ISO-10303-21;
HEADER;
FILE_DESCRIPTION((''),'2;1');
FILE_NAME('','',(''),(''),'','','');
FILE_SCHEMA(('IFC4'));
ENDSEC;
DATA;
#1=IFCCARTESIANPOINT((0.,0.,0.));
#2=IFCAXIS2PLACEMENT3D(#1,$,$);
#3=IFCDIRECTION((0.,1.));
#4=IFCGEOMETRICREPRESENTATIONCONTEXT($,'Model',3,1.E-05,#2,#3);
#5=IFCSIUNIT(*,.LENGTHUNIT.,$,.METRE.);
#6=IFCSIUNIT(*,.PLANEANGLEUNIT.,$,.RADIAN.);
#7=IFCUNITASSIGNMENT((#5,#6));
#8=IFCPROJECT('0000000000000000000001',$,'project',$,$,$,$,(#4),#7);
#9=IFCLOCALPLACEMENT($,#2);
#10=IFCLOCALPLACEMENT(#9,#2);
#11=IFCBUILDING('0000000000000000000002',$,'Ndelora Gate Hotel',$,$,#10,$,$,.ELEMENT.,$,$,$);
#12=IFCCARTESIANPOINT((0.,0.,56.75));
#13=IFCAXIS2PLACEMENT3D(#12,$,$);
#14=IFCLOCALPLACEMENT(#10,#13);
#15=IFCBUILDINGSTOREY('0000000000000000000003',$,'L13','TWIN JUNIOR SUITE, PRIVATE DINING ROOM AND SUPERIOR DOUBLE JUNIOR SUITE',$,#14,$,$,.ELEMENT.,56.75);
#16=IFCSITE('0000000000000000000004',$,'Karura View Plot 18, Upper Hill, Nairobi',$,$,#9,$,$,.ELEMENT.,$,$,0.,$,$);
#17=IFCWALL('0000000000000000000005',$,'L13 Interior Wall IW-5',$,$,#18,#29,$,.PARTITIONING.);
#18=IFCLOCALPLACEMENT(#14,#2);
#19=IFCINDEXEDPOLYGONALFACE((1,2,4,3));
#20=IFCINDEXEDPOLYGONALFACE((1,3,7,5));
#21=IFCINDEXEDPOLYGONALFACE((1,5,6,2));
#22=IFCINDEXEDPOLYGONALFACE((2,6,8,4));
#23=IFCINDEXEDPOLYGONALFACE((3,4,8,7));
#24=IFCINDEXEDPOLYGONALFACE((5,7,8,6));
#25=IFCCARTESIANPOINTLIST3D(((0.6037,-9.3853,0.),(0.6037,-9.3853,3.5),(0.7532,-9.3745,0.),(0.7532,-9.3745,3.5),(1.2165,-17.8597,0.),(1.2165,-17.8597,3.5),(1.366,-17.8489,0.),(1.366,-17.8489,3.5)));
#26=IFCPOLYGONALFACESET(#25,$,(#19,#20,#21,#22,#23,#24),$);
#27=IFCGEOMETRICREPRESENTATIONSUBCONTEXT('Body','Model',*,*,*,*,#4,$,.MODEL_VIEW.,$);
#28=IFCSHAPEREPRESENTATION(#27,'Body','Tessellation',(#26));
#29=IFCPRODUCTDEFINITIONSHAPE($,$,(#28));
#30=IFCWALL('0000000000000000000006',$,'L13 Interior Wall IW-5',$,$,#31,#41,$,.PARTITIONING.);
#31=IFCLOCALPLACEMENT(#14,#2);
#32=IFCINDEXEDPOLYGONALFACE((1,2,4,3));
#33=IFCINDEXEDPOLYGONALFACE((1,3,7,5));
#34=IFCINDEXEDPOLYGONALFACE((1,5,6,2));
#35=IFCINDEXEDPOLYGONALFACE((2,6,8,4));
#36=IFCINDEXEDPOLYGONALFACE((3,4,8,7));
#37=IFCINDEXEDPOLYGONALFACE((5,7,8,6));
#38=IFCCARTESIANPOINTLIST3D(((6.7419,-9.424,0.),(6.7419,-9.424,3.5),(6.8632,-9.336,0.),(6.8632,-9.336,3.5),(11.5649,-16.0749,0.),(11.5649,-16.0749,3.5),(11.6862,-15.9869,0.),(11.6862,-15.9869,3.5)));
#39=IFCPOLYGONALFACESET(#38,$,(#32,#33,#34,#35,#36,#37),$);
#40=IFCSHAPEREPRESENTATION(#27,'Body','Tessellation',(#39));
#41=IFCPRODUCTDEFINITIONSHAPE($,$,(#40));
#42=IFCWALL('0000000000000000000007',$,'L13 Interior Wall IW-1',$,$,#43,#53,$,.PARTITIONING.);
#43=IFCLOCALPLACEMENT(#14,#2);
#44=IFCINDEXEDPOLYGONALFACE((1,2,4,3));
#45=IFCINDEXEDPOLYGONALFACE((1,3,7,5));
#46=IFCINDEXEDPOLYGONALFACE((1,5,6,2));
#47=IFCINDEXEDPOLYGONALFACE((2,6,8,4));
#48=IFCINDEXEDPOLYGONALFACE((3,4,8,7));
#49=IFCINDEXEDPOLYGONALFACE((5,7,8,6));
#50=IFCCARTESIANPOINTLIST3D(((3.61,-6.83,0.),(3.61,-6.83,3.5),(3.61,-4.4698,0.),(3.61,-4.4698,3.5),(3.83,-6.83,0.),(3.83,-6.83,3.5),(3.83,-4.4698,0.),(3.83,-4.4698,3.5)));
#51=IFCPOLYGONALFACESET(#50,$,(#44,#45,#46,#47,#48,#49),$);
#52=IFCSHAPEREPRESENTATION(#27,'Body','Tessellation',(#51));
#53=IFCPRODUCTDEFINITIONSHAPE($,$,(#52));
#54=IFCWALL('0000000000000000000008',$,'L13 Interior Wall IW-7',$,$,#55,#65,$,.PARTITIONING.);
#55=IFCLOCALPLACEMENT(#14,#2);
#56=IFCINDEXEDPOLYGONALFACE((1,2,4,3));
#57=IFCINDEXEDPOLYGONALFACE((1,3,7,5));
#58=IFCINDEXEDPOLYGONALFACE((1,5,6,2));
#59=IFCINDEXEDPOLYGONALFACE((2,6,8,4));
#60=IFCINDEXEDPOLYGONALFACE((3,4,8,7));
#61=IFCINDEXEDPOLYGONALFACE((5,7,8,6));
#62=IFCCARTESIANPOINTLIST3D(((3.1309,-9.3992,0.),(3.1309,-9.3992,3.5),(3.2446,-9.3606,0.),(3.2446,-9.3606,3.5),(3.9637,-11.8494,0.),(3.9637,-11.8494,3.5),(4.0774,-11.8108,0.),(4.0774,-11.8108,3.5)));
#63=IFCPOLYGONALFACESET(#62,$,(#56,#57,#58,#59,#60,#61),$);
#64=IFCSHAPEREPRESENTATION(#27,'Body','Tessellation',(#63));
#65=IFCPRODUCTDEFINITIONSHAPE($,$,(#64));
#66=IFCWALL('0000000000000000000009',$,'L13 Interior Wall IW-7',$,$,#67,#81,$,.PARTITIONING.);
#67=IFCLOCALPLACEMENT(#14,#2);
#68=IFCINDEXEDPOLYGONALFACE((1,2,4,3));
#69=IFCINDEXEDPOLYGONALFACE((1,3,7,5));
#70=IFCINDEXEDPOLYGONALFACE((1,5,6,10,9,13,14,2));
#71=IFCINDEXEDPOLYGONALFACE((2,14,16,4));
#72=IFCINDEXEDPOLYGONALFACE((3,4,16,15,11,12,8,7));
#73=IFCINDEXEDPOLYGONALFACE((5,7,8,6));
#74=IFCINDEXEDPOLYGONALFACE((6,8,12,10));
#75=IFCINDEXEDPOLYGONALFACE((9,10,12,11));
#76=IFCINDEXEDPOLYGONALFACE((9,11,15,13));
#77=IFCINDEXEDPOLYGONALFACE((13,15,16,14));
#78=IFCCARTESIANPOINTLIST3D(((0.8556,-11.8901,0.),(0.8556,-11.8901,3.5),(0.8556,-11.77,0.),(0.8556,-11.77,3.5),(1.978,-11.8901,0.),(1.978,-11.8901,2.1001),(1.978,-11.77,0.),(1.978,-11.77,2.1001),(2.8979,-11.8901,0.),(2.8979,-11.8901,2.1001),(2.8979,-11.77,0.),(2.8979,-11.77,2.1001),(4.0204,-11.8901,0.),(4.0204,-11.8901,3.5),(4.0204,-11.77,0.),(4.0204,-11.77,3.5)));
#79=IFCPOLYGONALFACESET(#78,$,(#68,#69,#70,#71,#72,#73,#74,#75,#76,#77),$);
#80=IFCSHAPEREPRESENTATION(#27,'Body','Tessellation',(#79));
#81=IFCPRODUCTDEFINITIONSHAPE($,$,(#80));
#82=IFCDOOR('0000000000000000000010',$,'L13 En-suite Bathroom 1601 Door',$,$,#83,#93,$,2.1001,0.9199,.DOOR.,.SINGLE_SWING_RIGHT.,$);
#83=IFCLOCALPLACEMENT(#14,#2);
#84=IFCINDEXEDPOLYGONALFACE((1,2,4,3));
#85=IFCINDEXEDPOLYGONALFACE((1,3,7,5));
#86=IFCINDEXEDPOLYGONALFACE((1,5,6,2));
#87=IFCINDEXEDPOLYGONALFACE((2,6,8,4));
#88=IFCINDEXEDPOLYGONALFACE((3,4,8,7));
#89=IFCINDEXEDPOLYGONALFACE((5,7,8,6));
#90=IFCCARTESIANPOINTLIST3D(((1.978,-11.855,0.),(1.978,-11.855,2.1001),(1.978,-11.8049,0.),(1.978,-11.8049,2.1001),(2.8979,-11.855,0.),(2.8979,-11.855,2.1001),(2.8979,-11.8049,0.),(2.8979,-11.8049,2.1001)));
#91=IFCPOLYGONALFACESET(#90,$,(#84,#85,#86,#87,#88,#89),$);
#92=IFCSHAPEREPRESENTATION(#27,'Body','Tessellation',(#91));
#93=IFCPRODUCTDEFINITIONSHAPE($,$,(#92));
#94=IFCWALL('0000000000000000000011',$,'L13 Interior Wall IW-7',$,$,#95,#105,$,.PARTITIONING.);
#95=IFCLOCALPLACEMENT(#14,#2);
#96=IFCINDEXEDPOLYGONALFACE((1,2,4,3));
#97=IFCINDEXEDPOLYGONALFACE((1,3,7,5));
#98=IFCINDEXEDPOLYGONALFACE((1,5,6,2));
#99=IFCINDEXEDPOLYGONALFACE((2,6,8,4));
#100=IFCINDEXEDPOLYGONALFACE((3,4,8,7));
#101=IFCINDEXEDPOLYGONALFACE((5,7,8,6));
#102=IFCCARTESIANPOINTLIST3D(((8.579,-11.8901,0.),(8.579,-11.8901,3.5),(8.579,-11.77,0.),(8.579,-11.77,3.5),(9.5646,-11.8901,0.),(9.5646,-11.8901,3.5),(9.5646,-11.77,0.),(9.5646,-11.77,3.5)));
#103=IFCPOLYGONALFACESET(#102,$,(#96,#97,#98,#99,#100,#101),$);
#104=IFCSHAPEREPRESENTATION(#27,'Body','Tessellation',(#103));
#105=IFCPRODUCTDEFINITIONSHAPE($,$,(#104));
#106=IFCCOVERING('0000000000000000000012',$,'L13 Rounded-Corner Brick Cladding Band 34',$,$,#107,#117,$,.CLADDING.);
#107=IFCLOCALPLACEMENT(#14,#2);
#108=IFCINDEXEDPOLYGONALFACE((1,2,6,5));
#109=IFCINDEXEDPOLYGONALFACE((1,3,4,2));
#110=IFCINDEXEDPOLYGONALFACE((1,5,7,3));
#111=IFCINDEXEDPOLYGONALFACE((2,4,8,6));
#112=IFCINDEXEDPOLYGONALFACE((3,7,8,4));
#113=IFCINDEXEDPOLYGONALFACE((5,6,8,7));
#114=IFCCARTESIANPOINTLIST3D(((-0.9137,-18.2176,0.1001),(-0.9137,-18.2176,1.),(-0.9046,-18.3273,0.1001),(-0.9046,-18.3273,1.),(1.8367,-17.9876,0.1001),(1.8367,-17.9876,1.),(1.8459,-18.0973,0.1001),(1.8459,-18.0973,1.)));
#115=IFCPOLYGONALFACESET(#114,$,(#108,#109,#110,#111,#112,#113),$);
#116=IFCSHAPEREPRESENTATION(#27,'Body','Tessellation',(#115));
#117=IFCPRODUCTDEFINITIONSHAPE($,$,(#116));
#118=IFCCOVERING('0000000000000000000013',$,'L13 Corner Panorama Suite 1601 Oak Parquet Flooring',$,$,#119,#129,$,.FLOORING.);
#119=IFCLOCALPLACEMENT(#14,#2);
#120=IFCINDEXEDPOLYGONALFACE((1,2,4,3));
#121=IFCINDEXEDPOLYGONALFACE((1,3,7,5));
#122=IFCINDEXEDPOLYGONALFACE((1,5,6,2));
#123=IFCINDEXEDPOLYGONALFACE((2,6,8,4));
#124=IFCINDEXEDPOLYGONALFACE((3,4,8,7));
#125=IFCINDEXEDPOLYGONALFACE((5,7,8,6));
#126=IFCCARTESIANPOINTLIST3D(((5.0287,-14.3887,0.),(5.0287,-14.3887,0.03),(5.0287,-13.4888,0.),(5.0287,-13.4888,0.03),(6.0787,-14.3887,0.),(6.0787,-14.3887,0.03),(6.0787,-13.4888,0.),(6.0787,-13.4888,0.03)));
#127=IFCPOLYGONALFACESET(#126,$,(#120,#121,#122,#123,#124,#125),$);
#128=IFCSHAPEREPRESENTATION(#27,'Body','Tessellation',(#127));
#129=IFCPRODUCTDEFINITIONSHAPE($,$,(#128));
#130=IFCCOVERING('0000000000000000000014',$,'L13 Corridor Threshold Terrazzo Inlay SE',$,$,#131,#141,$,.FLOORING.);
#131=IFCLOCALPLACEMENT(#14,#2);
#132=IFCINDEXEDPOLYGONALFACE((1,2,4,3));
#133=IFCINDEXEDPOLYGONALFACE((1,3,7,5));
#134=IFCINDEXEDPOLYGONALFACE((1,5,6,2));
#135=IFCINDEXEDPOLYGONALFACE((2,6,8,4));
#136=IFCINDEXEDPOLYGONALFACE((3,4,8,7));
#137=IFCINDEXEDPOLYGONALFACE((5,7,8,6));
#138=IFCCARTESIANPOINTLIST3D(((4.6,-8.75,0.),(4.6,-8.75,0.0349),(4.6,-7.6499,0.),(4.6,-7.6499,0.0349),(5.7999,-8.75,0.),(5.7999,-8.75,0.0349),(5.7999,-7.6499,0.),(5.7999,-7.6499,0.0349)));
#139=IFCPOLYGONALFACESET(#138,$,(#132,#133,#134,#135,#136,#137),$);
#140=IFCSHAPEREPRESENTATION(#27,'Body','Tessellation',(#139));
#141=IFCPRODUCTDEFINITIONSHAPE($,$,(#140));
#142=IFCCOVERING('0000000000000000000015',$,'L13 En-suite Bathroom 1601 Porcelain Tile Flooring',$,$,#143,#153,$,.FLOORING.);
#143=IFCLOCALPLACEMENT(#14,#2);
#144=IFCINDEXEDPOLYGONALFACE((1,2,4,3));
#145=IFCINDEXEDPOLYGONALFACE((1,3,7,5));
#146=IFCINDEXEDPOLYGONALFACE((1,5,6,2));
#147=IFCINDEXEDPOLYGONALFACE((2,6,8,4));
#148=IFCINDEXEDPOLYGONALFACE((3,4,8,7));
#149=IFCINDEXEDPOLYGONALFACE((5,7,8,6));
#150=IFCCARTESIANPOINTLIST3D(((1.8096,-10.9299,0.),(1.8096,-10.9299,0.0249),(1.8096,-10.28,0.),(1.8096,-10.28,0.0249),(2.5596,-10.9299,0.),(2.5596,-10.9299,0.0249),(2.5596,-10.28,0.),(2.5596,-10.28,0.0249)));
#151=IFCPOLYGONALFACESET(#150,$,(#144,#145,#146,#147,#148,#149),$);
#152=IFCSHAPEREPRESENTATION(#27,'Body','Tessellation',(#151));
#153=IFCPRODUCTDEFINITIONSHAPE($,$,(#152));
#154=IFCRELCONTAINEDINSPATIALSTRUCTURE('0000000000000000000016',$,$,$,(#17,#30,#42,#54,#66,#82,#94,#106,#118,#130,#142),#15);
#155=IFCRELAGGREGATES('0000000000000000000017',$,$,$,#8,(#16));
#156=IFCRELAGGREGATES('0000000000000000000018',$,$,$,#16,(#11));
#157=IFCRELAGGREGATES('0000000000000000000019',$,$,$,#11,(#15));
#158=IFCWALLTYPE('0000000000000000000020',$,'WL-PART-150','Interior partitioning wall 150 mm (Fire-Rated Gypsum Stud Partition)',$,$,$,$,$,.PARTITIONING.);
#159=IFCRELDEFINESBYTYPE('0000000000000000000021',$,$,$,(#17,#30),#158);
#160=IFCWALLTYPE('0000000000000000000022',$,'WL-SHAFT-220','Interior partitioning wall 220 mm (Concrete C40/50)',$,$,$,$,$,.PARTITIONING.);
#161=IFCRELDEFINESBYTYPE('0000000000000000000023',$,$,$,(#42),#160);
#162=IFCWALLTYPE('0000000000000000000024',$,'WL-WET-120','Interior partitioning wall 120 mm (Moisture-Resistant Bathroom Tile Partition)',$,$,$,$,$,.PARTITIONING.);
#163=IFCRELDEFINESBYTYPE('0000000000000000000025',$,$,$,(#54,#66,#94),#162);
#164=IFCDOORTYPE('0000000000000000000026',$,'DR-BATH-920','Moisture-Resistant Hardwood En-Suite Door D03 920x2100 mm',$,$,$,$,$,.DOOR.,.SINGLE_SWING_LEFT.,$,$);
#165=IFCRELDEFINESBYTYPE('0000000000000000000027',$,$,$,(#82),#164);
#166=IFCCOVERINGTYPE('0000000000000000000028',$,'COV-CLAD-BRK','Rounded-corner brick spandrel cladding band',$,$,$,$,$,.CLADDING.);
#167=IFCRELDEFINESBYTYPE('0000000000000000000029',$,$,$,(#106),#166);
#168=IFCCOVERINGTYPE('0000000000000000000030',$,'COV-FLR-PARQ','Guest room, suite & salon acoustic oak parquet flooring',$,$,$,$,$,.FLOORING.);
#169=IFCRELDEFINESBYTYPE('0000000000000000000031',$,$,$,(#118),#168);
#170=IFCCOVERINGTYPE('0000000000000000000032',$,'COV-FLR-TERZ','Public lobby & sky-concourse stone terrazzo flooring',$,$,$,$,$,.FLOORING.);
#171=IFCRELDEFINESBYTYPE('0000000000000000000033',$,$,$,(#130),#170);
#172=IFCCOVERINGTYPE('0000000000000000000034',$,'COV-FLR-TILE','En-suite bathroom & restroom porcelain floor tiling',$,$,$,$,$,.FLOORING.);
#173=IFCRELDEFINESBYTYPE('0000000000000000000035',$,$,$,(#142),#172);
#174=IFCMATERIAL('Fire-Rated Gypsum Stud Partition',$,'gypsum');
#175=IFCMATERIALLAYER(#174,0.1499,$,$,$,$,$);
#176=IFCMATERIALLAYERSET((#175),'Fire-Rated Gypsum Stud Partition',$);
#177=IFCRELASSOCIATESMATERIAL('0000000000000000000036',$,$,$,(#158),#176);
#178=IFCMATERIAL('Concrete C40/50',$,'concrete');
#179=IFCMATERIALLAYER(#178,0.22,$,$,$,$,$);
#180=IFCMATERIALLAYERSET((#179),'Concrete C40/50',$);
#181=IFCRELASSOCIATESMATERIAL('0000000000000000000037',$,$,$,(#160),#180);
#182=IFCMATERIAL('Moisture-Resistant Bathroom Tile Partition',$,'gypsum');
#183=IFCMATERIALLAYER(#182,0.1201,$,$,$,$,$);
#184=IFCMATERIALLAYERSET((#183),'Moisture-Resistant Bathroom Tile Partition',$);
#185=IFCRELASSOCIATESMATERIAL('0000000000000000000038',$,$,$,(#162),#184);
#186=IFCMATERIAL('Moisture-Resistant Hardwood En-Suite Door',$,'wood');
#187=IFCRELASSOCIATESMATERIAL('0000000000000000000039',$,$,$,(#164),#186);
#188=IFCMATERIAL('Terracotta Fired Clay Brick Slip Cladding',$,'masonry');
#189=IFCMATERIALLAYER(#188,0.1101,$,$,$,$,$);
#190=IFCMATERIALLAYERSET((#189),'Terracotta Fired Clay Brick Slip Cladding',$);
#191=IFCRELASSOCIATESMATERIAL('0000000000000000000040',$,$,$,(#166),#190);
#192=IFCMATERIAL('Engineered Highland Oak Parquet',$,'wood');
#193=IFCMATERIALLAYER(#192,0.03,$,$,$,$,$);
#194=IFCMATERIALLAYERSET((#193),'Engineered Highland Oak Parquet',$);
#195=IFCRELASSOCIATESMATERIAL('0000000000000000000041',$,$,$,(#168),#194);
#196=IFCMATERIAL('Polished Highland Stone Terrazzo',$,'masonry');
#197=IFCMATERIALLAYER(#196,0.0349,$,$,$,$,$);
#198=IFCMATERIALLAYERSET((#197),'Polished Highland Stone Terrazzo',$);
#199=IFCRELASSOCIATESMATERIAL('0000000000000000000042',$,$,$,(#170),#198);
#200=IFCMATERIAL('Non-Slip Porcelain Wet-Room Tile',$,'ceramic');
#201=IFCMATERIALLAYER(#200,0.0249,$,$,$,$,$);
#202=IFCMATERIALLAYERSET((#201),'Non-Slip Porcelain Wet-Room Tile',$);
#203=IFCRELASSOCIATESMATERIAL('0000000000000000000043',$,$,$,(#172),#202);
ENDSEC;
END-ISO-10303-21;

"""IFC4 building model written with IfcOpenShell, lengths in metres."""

from ifc_helpers import new_model, si_unit, direction, frame, frame_2d, origin, origin_2d, place, context, subcontext, project, spatial, rectangle, extrude, material, layer, layer_set, type_object, element, fill, save


model = new_model("IFC4")

# Units and contexts
model_context = context("Model", 3, precision=1e-05, world=origin(), true_north=direction((0.0, 1.0)))
body_context = subcontext(model_context, "Body", "Model", "MODEL_VIEW")
ifc_project = project(units=[si_unit("LENGTHUNIT", "METRE"), si_unit("PLANEANGLEUNIT", "RADIAN")], contexts=[model_context])

# Site, building, storey
site_placement = place(None, origin())
site = spatial("IfcSite", under=ifc_project, at=site_placement, Name="Karura View Plot 18, Upper Hill, Nairobi", CompositionType="ELEMENT", RefElevation=0.0)
building_placement = place(site_placement, origin())
building = spatial("IfcBuilding", under=site, at=building_placement, Name="Ndelora Gate Hotel", CompositionType="ELEMENT")
storey_placement = place(building_placement, frame((0.0, 0.0, 56.75)))
storey = spatial("IfcBuildingStorey", under=building, at=storey_placement, Name="L13", Description="TWIN JUNIOR SUITE, PRIVATE DINING ROOM AND SUPERIOR DOUBLE JUNIOR SUITE", CompositionType="ELEMENT", Elevation=56.75)

# Shared definitions
ifc_material_1 = material(Name="Concrete C40/50", Category="concrete")

# Shared definitions
ifc_material_2 = material(Name="Fire-Rated Gypsum Stud Partition", Category="gypsum")
ifc_layer_1 = layer(ifc_material_2, 0.1499)
ifc_layer_set_1 = layer_set([ifc_layer_1], Name="Fire-Rated Gypsum Stud Partition")
wall_type_1 = type_object("IfcWallType", Name="WL-PART-150", Description="Interior partitioning wall 150 mm (Fire-Rated Gypsum Stud Partition)", PredefinedType="PARTITIONING", material=ifc_layer_set_1)

# Walls
wall_1_placement = place(storey_placement, frame((0.6785, -9.3799, 0.0), z_axis=(0.0, 0.0, 1.0), x_axis=(0.072123, -0.997396, 0.0)))
element("IfcWall", 1, at=wall_1_placement, inside=storey, type_object=wall_type_1, Name="L13 Interior Wall IW-5", PredefinedType="PARTITIONING", context=body_context, shape_type="SweptSolid", body=[
    extrude(rectangle(XDim=8.4966, YDim=0.1499, at=frame_2d((4.2483, 0.0))), origin(), (0.0, 0.0, 1.0), 3.5),
])
wall_2_placement = place(storey_placement, frame((6.8025, -9.3799, 0.0), z_axis=(0.0, 0.0, 1.0), x_axis=(0.587056, -0.809546, 0.0)))
element("IfcWall", 2, at=wall_2_placement, inside=storey, type_object=wall_type_1, Name="L13 Interior Wall IW-5", PredefinedType="PARTITIONING", context=body_context, shape_type="SweptSolid", body=[
    extrude(rectangle(XDim=8.2156, YDim=0.1499, at=frame_2d((4.1079, 0.0))), origin(), (0.0, 0.0, 1.0), 3.5),
])
ifc_layer_2 = layer(ifc_material_1, 0.22)
ifc_layer_set_2 = layer_set([ifc_layer_2], Name="Concrete C40/50")
wall_type_2 = type_object("IfcWallType", Name="WL-SHAFT-220", Description="Interior partitioning wall 220 mm (Concrete C40/50)", PredefinedType="PARTITIONING", material=ifc_layer_set_2)
wall_3_placement = place(storey_placement, frame((3.72, -6.8301, 0.0), z_axis=(0.0, 0.0, 1.0), x_axis=(0.0, 1.0, 0.0)))
element("IfcWall", 3, at=wall_3_placement, inside=storey, type_object=wall_type_2, Name="L13 Interior Wall IW-1", PredefinedType="PARTITIONING", context=body_context, shape_type="SweptSolid", body=[
    extrude(rectangle(XDim=2.3601, YDim=0.22, at=frame_2d((1.1802, 0.0))), origin(), (0.0, 0.0, 1.0), 3.5),
])
ifc_material_3 = material(Name="Moisture-Resistant Bathroom Tile Partition", Category="gypsum")
ifc_layer_3 = layer(ifc_material_3, 0.1201)
ifc_layer_set_3 = layer_set([ifc_layer_3], Name="Moisture-Resistant Bathroom Tile Partition")
wall_type_3 = type_object("IfcWallType", Name="WL-WET-120", Description="Interior partitioning wall 120 mm (Moisture-Resistant Bathroom Tile Partition)", PredefinedType="PARTITIONING", material=ifc_layer_set_3)
wall_4_placement = place(storey_placement, frame((3.1877, -9.3799, 0.0), z_axis=(0.0, 0.0, 1.0), x_axis=(0.321798, -0.946808, 0.0)))
element("IfcWall", 4, at=wall_4_placement, inside=storey, type_object=wall_type_3, Name="L13 Interior Wall IW-7", PredefinedType="PARTITIONING", context=body_context, shape_type="SweptSolid", body=[
    extrude(rectangle(XDim=2.5879, YDim=0.1201, at=frame_2d((1.2939, 0.0))), origin(), (0.0, 0.0, 1.0), 3.5),
])

# Wall, opening, door
wall_5_placement = place(storey_placement, frame((4.0205, -11.8301, 0.0), z_axis=(0.0, 0.0, 1.0), x_axis=(-1.0, 0.0, 0.0)))
wall_5 = element("IfcWall", 5, at=wall_5_placement, inside=storey, type_object=wall_type_3, Name="L13 Interior Wall IW-7", PredefinedType="PARTITIONING", context=body_context, shape_type="SweptSolid", body=[
    extrude(rectangle(XDim=3.1648, YDim=0.1201, at=frame_2d((1.5825, 0.0))), origin(), (0.0, 0.0, 1.0), 3.5),
])
opening_1_placement = place(wall_5_placement, frame((1.1226, 0.0, 0.0)))
opening_1 = element("IfcOpeningElement", 6, at=opening_1_placement, cuts=wall_5, PredefinedType="OPENING", context=body_context, shape_type="SweptSolid", body=[
    extrude(rectangle(XDim=0.9199, YDim=2.1001, at=frame_2d((0.46, 1.05))), frame((0.0, 0.0701, 0.0), z_axis=(0.0, -1.0, 0.0), x_axis=(1.0, 0.0, 0.0)), (0.0, 0.0, 1.0), 0.1401),
])
ifc_material_4 = material(Name="Moisture-Resistant Hardwood En-Suite Door", Category="wood")
door_type_1 = type_object("IfcDoorType", Name="DR-BATH-920", Description="Moisture-Resistant Hardwood En-Suite Door D03 920x2100 mm", OperationType="SINGLE_SWING_LEFT", PredefinedType="DOOR", material=ifc_material_4)
door_1_placement = place(opening_1_placement, origin())
door_1 = element("IfcDoor", 7, at=door_1_placement, inside=storey, type_object=door_type_1, Name="L13 En-suite Bathroom 1601 Door", OperationType="SINGLE_SWING_RIGHT", OverallHeight=2.1001, OverallWidth=0.9199, PredefinedType="DOOR", context=body_context, shape_type="SweptSolid", body=[
    extrude(rectangle(XDim=0.9199, YDim=2.1001, at=frame_2d((0.46, 1.05))), frame((0.0, 0.0249, 0.0), z_axis=(0.0, -1.0, 0.0), x_axis=(1.0, 0.0, 0.0)), (0.0, 0.0, 1.0), 0.05),
])
fill(opening_1, door_1)

# Wall
wall_6_placement = place(storey_placement, frame((8.5791, -11.8301, 0.0), z_axis=(0.0, 0.0, 1.0), x_axis=(1.0, 0.0, 0.0)))
element("IfcWall", 8, at=wall_6_placement, inside=storey, type_object=wall_type_3, Name="L13 Interior Wall IW-7", PredefinedType="PARTITIONING", context=body_context, shape_type="SweptSolid", body=[
    extrude(rectangle(XDim=0.9856, YDim=0.1201, at=frame_2d((0.4927, 0.0))), origin(), (0.0, 0.0, 1.0), 3.5),
])

# Coverings
ifc_material_5 = material(Name="Terracotta Fired Clay Brick Slip Cladding", Category="masonry")
ifc_layer_4 = layer(ifc_material_5, 0.1101)
ifc_layer_set_4 = layer_set([ifc_layer_4], Name="Terracotta Fired Clay Brick Slip Cladding")
covering_type_1 = type_object("IfcCoveringType", Name="COV-CLAD-BRK", Description="Rounded-corner brick spandrel cladding band", PredefinedType="CLADDING", material=ifc_layer_set_4)
covering_1_placement = place(storey_placement, frame((0.4661, -18.1575, 0.1001), z_axis=(0.0, 0.0, 1.0), x_axis=(0.996522, 0.08333, 0.0)))
element("IfcCovering", 9, at=covering_1_placement, inside=storey, type_object=covering_type_1, Name="L13 Rounded-Corner Brick Cladding Band 34", PredefinedType="CLADDING", context=body_context, shape_type="SweptSolid", body=[
    extrude(rectangle(XDim=2.76, YDim=0.1101, at=origin_2d()), origin(), (0.0, 0.0, 1.0), 0.8999),
])
ifc_material_6 = material(Name="Engineered Highland Oak Parquet", Category="wood")
ifc_layer_5 = layer(ifc_material_6, 0.03)
ifc_layer_set_5 = layer_set([ifc_layer_5], Name="Engineered Highland Oak Parquet")
covering_type_2 = type_object("IfcCoveringType", Name="COV-FLR-PARQ", Description="Guest room, suite & salon acoustic oak parquet flooring", PredefinedType="FLOORING", material=ifc_layer_set_5)
covering_2_placement = place(storey_placement, frame((5.5537, -13.9387, 0.0), z_axis=(0.0, 0.0, 1.0), x_axis=(1.0, 0.0, 0.0)))
element("IfcCovering", 10, at=covering_2_placement, inside=storey, type_object=covering_type_2, Name="L13 Corner Panorama Suite 1601 Oak Parquet Flooring", PredefinedType="FLOORING", context=body_context, shape_type="SweptSolid", body=[
    extrude(rectangle(XDim=1.05, YDim=0.8999, at=origin_2d()), origin(), (0.0, 0.0, 1.0), 0.03),
])
ifc_material_7 = material(Name="Polished Highland Stone Terrazzo", Category="masonry")
ifc_layer_6 = layer(ifc_material_7, 0.0349)
ifc_layer_set_6 = layer_set([ifc_layer_6], Name="Polished Highland Stone Terrazzo")
covering_type_3 = type_object("IfcCoveringType", Name="COV-FLR-TERZ", Description="Public lobby & sky-concourse stone terrazzo flooring", PredefinedType="FLOORING", material=ifc_layer_set_6)
covering_3_placement = place(storey_placement, frame((5.2, -8.2, 0.0), z_axis=(0.0, 0.0, 1.0), x_axis=(1.0, 0.0, 0.0)))
element("IfcCovering", 11, at=covering_3_placement, inside=storey, type_object=covering_type_3, Name="L13 Corridor Threshold Terrazzo Inlay SE", PredefinedType="FLOORING", context=body_context, shape_type="SweptSolid", body=[
    extrude(rectangle(XDim=1.2, YDim=1.1001, at=origin_2d()), origin(), (0.0, 0.0, 1.0), 0.0349),
])
ifc_material_8 = material(Name="Non-Slip Porcelain Wet-Room Tile", Category="ceramic")
ifc_layer_7 = layer(ifc_material_8, 0.0249)
ifc_layer_set_7 = layer_set([ifc_layer_7], Name="Non-Slip Porcelain Wet-Room Tile")
covering_type_4 = type_object("IfcCoveringType", Name="COV-FLR-TILE", Description="En-suite bathroom & restroom porcelain floor tiling", PredefinedType="FLOORING", material=ifc_layer_set_7)
covering_4_placement = place(storey_placement, frame((2.1846, -10.605, 0.0), z_axis=(0.0, 0.0, 1.0), x_axis=(1.0, 0.0, 0.0)))
element("IfcCovering", 12, at=covering_4_placement, inside=storey, type_object=covering_type_4, Name="L13 En-suite Bathroom 1601 Porcelain Tile Flooring", PredefinedType="FLOORING", context=body_context, shape_type="SweptSolid", body=[
    extrude(rectangle(XDim=0.75, YDim=0.6499, at=origin_2d()), origin(), (0.0, 0.0, 1.0), 0.0249),
])

save(model, "model.ifc")
